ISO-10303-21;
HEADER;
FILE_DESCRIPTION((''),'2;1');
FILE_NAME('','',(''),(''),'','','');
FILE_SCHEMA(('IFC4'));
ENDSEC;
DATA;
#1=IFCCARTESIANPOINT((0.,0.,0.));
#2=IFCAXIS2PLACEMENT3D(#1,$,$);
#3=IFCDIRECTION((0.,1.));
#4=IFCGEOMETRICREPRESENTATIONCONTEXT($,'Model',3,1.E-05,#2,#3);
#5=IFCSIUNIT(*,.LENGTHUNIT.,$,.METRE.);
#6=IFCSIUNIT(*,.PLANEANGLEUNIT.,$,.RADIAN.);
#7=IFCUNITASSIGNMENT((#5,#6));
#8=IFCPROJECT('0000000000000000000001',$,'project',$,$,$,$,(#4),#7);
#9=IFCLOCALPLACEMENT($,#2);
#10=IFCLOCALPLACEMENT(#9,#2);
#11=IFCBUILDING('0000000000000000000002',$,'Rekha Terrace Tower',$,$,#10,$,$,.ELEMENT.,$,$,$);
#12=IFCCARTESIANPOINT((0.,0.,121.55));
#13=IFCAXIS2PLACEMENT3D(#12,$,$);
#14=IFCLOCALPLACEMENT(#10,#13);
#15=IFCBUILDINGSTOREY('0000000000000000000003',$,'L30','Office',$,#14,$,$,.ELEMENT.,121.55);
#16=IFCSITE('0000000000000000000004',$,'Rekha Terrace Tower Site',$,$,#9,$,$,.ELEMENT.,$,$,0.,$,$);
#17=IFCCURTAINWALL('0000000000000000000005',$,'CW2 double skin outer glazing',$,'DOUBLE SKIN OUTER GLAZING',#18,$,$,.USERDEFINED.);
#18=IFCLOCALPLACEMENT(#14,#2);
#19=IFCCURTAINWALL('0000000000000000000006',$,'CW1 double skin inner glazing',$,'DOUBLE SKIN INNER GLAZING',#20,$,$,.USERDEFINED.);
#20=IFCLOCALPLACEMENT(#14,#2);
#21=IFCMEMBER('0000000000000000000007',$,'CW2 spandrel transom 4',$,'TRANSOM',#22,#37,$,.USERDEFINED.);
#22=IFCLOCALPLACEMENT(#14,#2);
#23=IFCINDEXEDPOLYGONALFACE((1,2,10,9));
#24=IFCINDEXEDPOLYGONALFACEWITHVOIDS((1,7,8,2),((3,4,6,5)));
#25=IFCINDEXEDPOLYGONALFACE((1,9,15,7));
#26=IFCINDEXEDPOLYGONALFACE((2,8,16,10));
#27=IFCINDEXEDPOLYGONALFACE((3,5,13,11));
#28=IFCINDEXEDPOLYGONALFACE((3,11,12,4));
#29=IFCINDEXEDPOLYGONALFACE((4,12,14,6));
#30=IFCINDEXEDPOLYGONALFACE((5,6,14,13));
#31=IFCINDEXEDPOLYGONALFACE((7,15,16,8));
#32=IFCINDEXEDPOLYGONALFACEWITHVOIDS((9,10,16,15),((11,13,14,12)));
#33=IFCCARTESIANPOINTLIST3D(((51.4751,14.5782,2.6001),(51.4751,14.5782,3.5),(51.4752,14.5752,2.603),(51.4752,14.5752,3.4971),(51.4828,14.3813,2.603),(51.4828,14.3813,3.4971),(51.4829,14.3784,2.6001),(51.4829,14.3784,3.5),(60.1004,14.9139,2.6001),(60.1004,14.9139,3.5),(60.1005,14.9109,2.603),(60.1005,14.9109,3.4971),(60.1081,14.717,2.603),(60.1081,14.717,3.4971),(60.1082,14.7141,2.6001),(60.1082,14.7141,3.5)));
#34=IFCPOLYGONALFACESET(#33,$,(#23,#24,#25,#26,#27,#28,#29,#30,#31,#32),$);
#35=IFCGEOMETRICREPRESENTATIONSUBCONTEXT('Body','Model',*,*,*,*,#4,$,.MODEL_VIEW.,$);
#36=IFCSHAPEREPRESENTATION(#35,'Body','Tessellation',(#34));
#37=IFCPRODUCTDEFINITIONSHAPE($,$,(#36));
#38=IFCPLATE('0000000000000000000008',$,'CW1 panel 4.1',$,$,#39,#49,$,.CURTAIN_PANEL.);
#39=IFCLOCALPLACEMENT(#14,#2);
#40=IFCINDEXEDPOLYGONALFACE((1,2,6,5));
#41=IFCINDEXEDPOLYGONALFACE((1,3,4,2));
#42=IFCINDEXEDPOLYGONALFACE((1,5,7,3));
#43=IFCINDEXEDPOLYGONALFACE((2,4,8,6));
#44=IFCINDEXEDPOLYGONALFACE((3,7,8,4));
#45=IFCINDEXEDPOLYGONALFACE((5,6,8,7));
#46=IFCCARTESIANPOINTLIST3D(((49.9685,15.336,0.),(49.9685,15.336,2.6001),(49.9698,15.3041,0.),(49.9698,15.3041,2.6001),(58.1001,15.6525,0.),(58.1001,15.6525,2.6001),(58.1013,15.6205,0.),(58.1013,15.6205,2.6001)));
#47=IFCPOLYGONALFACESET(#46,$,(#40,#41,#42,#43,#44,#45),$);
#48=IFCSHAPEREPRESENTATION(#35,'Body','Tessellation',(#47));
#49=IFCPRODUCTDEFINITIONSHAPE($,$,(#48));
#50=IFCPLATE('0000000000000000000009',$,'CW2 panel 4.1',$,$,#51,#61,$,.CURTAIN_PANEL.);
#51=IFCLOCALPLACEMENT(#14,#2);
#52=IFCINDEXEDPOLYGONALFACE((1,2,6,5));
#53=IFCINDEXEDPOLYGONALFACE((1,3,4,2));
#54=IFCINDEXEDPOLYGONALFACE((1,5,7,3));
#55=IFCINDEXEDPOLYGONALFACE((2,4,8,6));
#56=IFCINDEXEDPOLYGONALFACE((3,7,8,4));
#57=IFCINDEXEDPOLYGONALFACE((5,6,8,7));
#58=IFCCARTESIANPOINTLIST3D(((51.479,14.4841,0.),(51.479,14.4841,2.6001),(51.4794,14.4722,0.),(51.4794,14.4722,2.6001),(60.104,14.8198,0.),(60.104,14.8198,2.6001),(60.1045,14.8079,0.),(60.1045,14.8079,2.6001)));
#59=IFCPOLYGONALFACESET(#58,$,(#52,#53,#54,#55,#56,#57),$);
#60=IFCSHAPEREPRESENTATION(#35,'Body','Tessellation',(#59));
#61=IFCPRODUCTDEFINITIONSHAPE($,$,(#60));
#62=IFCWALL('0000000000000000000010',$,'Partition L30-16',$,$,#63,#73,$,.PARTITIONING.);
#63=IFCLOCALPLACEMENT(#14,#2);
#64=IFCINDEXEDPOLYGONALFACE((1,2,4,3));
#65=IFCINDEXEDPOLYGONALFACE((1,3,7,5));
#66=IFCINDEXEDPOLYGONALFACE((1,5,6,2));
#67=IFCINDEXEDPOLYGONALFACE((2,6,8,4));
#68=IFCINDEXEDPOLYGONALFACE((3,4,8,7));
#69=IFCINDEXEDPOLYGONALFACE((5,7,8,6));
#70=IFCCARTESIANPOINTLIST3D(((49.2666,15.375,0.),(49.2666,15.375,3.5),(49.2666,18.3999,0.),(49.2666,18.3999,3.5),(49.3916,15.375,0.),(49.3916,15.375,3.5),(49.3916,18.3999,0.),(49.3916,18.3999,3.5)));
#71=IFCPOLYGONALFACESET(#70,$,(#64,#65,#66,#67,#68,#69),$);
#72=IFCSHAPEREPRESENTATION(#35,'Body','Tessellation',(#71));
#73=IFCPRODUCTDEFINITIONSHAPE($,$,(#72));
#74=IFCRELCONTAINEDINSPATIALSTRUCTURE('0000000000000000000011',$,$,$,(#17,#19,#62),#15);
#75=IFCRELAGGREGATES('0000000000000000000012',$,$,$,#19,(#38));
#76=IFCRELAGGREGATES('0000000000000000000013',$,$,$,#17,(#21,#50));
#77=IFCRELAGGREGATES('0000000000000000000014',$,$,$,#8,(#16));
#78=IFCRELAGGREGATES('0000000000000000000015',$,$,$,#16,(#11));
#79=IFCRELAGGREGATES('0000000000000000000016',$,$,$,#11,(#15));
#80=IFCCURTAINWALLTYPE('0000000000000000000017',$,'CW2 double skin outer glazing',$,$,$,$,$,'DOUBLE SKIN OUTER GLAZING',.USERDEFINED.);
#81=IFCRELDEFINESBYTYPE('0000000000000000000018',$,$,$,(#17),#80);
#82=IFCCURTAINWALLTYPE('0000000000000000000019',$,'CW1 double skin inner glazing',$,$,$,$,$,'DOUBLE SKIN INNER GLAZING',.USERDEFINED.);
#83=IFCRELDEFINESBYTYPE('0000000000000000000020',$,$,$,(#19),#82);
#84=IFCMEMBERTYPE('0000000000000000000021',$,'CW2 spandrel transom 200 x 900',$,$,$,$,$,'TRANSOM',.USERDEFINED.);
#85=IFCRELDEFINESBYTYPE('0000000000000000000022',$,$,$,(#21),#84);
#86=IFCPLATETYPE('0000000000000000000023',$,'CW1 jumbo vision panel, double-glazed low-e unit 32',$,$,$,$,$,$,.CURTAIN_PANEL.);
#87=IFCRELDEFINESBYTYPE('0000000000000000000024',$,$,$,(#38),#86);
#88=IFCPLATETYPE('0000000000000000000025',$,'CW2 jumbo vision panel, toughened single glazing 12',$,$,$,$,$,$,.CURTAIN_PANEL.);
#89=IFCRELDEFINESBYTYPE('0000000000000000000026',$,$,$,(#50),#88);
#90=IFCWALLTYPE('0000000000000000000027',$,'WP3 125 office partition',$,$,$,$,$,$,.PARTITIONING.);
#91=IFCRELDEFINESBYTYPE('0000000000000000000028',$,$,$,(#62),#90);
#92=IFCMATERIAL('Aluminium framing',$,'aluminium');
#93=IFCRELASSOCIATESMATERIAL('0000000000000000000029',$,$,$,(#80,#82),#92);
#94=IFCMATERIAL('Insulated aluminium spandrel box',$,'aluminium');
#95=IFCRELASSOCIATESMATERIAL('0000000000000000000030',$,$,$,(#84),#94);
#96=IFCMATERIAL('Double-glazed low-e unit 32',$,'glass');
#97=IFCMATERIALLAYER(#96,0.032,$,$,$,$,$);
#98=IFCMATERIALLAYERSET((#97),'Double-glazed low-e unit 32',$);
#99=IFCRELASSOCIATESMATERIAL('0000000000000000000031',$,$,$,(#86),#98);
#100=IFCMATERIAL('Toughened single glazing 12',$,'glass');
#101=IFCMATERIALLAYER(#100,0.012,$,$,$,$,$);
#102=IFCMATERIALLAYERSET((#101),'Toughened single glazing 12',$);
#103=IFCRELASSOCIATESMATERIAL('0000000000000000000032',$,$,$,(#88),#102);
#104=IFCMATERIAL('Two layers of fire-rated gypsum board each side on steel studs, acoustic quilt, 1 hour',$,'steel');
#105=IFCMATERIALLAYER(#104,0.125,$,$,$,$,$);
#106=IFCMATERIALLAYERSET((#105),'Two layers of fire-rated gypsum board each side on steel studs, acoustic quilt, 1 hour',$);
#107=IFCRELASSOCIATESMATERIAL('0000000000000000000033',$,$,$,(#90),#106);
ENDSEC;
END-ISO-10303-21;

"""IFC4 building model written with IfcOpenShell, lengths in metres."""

from ifc_helpers import new_model, si_unit, direction, frame, frame_2d, origin, origin_2d, place, context, subcontext, project, spatial, rectangle, hollow_rectangle, extrude, material, layer, layer_set, material_profile, profile_set, type_object, element, aggregate, save


model = new_model("IFC4")

# Units and contexts
model_context = context("Model", 3, precision=1e-05, world=origin(), true_north=direction((0.0, 1.0)))
body_context = subcontext(model_context, "Body", "Model", "MODEL_VIEW")
ifc_project = project(units=[si_unit("LENGTHUNIT", "METRE"), si_unit("PLANEANGLEUNIT", "RADIAN")], contexts=[model_context])

# Site, building, storey
site_placement = place(None, origin())
site = spatial("IfcSite", under=ifc_project, at=site_placement, Name="Rekha Terrace Tower Site", CompositionType="ELEMENT", RefElevation=0.0)
building_placement = place(site_placement, origin())
building = spatial("IfcBuilding", under=site, at=building_placement, Name="Rekha Terrace Tower", CompositionType="ELEMENT")
storey_placement = place(building_placement, frame((0.0, 0.0, 121.55)))
storey = spatial("IfcBuildingStorey", under=building, at=storey_placement, Name="L30", Description="Office", CompositionType="ELEMENT", Elevation=121.55)

# Curtain walls
ifc_material_1 = material(Name="Aluminium framing", Category="aluminium")
curtain_wall_type_1 = type_object("IfcCurtainWallType", Name="CW2 double skin outer glazing", ElementType="DOUBLE SKIN OUTER GLAZING", PredefinedType="USERDEFINED", material=ifc_material_1)
curtain_wall_1_placement = place(storey_placement, origin())
curtain_wall_1 = element("IfcCurtainWall", 1, at=curtain_wall_1_placement, inside=storey, type_object=curtain_wall_type_1, Name="CW2 double skin outer glazing", ObjectType="DOUBLE SKIN OUTER GLAZING", PredefinedType="USERDEFINED")
curtain_wall_type_2 = type_object("IfcCurtainWallType", Name="CW1 double skin inner glazing", ElementType="DOUBLE SKIN INNER GLAZING", PredefinedType="USERDEFINED", material=ifc_material_1)
curtain_wall_2_placement = place(storey_placement, origin())
curtain_wall_2 = element("IfcCurtainWall", 2, at=curtain_wall_2_placement, inside=storey, type_object=curtain_wall_type_2, Name="CW1 double skin inner glazing", ObjectType="DOUBLE SKIN INNER GLAZING", PredefinedType="USERDEFINED")
ifc_material_2 = material(Name="Insulated aluminium spandrel box", Category="aluminium")

# Member
ifc_material_profile_1 = material_profile(ifc_material_2, hollow_rectangle(XDim=0.2, YDim=0.8999, WallThickness=0.0029, at=origin_2d()), Name="AL SPANDREL BOX 200x900")
ifc_profile_set_1 = profile_set([ifc_material_profile_1], Name="Insulated aluminium spandrel box")
member_type_1 = type_object("IfcMemberType", Name="CW2 spandrel transom 200 x 900", ElementType="TRANSOM", PredefinedType="USERDEFINED", material=ifc_profile_set_1)
member_1_placement = place(storey_placement, frame((51.479, 14.4783, 3.05), z_axis=(0.999243, 0.03889, 0.0), x_axis=(-0.03889, 0.999243, 0.0)))
member_1 = element("IfcMember", 3, at=member_1_placement, type_object=member_type_1, Name="CW2 spandrel transom 4", ObjectType="TRANSOM", PredefinedType="USERDEFINED", context=body_context, shape_type="SweptSolid", body=[
    extrude(hollow_rectangle(XDim=0.2, YDim=0.8999, WallThickness=0.0029, at=origin_2d()), origin(), (0.0, 0.0, 1.0), 8.6318),
])

# Plates
ifc_material_3 = material(Name="Double-glazed low-e unit 32", Category="glass")
ifc_layer_1 = layer(ifc_material_3, 0.032)
ifc_layer_set_1 = layer_set([ifc_layer_1], Name="Double-glazed low-e unit 32")
plate_type_1 = type_object("IfcPlateType", Name="CW1 jumbo vision panel, double-glazed low-e unit 32", PredefinedType="CURTAIN_PANEL", material=ifc_layer_set_1)
plate_1_placement = place(storey_placement, frame((54.0349, 15.4783, 0.0), z_axis=(0.0, 0.0, 1.0), x_axis=(0.999243, 0.03889, 0.0)))
plate_1 = element("IfcPlate", 4, at=plate_1_placement, type_object=plate_type_1, Name="CW1 panel 4.1", PredefinedType="CURTAIN_PANEL", context=body_context, shape_type="SweptSolid", body=[
    extrude(rectangle(XDim=8.1377, YDim=0.032, at=origin_2d()), origin(), (0.0, 0.0, 1.0), 2.6001),
])
aggregate(curtain_wall_2, [plate_1])
ifc_material_4 = material(Name="Toughened single glazing 12", Category="glass")
ifc_layer_2 = layer(ifc_material_4, 0.012)
ifc_layer_set_2 = layer_set([ifc_layer_2], Name="Toughened single glazing 12")
plate_type_2 = type_object("IfcPlateType", Name="CW2 jumbo vision panel, toughened single glazing 12", PredefinedType="CURTAIN_PANEL", material=ifc_layer_set_2)
plate_2_placement = place(storey_placement, frame((55.7917, 14.646, 0.0), z_axis=(0.0, 0.0, 1.0), x_axis=(0.999243, 0.03889, 0.0)))
plate_2 = element("IfcPlate", 5, at=plate_2_placement, type_object=plate_type_2, Name="CW2 panel 4.1", PredefinedType="CURTAIN_PANEL", context=body_context, shape_type="SweptSolid", body=[
    extrude(rectangle(XDim=8.6316, YDim=0.012, at=origin_2d()), origin(), (0.0, 0.0, 1.0), 2.6001),
])
aggregate(curtain_wall_1, [member_1, plate_2])

# Wall
ifc_material_5 = material(Name="Two layers of fire-rated gypsum board each side on steel studs, acoustic quilt, 1 hour", Category="steel")
ifc_layer_3 = layer(ifc_material_5, 0.125)
ifc_layer_set_3 = layer_set([ifc_layer_3], Name="Two layers of fire-rated gypsum board each side on steel studs, acoustic quilt, 1 hour")
wall_type = type_object("IfcWallType", Name="WP3 125 office partition", PredefinedType="PARTITIONING", material=ifc_layer_set_3)
wall_placement = place(storey_placement, frame((49.3291, 18.3999, 0.0), z_axis=(0.0, 0.0, 1.0), x_axis=(0.0, -1.0, 0.0)))
element("IfcWall", 6, at=wall_placement, inside=storey, type_object=wall_type, Name="Partition L30-16", PredefinedType="PARTITIONING", context=body_context, shape_type="SweptSolid", body=[
    extrude(rectangle(XDim=3.0249, YDim=0.125, at=frame_2d((1.5125, 0.0))), origin(), (0.0, 0.0, 1.0), 3.5),
])

save(model, "model.ifc")
